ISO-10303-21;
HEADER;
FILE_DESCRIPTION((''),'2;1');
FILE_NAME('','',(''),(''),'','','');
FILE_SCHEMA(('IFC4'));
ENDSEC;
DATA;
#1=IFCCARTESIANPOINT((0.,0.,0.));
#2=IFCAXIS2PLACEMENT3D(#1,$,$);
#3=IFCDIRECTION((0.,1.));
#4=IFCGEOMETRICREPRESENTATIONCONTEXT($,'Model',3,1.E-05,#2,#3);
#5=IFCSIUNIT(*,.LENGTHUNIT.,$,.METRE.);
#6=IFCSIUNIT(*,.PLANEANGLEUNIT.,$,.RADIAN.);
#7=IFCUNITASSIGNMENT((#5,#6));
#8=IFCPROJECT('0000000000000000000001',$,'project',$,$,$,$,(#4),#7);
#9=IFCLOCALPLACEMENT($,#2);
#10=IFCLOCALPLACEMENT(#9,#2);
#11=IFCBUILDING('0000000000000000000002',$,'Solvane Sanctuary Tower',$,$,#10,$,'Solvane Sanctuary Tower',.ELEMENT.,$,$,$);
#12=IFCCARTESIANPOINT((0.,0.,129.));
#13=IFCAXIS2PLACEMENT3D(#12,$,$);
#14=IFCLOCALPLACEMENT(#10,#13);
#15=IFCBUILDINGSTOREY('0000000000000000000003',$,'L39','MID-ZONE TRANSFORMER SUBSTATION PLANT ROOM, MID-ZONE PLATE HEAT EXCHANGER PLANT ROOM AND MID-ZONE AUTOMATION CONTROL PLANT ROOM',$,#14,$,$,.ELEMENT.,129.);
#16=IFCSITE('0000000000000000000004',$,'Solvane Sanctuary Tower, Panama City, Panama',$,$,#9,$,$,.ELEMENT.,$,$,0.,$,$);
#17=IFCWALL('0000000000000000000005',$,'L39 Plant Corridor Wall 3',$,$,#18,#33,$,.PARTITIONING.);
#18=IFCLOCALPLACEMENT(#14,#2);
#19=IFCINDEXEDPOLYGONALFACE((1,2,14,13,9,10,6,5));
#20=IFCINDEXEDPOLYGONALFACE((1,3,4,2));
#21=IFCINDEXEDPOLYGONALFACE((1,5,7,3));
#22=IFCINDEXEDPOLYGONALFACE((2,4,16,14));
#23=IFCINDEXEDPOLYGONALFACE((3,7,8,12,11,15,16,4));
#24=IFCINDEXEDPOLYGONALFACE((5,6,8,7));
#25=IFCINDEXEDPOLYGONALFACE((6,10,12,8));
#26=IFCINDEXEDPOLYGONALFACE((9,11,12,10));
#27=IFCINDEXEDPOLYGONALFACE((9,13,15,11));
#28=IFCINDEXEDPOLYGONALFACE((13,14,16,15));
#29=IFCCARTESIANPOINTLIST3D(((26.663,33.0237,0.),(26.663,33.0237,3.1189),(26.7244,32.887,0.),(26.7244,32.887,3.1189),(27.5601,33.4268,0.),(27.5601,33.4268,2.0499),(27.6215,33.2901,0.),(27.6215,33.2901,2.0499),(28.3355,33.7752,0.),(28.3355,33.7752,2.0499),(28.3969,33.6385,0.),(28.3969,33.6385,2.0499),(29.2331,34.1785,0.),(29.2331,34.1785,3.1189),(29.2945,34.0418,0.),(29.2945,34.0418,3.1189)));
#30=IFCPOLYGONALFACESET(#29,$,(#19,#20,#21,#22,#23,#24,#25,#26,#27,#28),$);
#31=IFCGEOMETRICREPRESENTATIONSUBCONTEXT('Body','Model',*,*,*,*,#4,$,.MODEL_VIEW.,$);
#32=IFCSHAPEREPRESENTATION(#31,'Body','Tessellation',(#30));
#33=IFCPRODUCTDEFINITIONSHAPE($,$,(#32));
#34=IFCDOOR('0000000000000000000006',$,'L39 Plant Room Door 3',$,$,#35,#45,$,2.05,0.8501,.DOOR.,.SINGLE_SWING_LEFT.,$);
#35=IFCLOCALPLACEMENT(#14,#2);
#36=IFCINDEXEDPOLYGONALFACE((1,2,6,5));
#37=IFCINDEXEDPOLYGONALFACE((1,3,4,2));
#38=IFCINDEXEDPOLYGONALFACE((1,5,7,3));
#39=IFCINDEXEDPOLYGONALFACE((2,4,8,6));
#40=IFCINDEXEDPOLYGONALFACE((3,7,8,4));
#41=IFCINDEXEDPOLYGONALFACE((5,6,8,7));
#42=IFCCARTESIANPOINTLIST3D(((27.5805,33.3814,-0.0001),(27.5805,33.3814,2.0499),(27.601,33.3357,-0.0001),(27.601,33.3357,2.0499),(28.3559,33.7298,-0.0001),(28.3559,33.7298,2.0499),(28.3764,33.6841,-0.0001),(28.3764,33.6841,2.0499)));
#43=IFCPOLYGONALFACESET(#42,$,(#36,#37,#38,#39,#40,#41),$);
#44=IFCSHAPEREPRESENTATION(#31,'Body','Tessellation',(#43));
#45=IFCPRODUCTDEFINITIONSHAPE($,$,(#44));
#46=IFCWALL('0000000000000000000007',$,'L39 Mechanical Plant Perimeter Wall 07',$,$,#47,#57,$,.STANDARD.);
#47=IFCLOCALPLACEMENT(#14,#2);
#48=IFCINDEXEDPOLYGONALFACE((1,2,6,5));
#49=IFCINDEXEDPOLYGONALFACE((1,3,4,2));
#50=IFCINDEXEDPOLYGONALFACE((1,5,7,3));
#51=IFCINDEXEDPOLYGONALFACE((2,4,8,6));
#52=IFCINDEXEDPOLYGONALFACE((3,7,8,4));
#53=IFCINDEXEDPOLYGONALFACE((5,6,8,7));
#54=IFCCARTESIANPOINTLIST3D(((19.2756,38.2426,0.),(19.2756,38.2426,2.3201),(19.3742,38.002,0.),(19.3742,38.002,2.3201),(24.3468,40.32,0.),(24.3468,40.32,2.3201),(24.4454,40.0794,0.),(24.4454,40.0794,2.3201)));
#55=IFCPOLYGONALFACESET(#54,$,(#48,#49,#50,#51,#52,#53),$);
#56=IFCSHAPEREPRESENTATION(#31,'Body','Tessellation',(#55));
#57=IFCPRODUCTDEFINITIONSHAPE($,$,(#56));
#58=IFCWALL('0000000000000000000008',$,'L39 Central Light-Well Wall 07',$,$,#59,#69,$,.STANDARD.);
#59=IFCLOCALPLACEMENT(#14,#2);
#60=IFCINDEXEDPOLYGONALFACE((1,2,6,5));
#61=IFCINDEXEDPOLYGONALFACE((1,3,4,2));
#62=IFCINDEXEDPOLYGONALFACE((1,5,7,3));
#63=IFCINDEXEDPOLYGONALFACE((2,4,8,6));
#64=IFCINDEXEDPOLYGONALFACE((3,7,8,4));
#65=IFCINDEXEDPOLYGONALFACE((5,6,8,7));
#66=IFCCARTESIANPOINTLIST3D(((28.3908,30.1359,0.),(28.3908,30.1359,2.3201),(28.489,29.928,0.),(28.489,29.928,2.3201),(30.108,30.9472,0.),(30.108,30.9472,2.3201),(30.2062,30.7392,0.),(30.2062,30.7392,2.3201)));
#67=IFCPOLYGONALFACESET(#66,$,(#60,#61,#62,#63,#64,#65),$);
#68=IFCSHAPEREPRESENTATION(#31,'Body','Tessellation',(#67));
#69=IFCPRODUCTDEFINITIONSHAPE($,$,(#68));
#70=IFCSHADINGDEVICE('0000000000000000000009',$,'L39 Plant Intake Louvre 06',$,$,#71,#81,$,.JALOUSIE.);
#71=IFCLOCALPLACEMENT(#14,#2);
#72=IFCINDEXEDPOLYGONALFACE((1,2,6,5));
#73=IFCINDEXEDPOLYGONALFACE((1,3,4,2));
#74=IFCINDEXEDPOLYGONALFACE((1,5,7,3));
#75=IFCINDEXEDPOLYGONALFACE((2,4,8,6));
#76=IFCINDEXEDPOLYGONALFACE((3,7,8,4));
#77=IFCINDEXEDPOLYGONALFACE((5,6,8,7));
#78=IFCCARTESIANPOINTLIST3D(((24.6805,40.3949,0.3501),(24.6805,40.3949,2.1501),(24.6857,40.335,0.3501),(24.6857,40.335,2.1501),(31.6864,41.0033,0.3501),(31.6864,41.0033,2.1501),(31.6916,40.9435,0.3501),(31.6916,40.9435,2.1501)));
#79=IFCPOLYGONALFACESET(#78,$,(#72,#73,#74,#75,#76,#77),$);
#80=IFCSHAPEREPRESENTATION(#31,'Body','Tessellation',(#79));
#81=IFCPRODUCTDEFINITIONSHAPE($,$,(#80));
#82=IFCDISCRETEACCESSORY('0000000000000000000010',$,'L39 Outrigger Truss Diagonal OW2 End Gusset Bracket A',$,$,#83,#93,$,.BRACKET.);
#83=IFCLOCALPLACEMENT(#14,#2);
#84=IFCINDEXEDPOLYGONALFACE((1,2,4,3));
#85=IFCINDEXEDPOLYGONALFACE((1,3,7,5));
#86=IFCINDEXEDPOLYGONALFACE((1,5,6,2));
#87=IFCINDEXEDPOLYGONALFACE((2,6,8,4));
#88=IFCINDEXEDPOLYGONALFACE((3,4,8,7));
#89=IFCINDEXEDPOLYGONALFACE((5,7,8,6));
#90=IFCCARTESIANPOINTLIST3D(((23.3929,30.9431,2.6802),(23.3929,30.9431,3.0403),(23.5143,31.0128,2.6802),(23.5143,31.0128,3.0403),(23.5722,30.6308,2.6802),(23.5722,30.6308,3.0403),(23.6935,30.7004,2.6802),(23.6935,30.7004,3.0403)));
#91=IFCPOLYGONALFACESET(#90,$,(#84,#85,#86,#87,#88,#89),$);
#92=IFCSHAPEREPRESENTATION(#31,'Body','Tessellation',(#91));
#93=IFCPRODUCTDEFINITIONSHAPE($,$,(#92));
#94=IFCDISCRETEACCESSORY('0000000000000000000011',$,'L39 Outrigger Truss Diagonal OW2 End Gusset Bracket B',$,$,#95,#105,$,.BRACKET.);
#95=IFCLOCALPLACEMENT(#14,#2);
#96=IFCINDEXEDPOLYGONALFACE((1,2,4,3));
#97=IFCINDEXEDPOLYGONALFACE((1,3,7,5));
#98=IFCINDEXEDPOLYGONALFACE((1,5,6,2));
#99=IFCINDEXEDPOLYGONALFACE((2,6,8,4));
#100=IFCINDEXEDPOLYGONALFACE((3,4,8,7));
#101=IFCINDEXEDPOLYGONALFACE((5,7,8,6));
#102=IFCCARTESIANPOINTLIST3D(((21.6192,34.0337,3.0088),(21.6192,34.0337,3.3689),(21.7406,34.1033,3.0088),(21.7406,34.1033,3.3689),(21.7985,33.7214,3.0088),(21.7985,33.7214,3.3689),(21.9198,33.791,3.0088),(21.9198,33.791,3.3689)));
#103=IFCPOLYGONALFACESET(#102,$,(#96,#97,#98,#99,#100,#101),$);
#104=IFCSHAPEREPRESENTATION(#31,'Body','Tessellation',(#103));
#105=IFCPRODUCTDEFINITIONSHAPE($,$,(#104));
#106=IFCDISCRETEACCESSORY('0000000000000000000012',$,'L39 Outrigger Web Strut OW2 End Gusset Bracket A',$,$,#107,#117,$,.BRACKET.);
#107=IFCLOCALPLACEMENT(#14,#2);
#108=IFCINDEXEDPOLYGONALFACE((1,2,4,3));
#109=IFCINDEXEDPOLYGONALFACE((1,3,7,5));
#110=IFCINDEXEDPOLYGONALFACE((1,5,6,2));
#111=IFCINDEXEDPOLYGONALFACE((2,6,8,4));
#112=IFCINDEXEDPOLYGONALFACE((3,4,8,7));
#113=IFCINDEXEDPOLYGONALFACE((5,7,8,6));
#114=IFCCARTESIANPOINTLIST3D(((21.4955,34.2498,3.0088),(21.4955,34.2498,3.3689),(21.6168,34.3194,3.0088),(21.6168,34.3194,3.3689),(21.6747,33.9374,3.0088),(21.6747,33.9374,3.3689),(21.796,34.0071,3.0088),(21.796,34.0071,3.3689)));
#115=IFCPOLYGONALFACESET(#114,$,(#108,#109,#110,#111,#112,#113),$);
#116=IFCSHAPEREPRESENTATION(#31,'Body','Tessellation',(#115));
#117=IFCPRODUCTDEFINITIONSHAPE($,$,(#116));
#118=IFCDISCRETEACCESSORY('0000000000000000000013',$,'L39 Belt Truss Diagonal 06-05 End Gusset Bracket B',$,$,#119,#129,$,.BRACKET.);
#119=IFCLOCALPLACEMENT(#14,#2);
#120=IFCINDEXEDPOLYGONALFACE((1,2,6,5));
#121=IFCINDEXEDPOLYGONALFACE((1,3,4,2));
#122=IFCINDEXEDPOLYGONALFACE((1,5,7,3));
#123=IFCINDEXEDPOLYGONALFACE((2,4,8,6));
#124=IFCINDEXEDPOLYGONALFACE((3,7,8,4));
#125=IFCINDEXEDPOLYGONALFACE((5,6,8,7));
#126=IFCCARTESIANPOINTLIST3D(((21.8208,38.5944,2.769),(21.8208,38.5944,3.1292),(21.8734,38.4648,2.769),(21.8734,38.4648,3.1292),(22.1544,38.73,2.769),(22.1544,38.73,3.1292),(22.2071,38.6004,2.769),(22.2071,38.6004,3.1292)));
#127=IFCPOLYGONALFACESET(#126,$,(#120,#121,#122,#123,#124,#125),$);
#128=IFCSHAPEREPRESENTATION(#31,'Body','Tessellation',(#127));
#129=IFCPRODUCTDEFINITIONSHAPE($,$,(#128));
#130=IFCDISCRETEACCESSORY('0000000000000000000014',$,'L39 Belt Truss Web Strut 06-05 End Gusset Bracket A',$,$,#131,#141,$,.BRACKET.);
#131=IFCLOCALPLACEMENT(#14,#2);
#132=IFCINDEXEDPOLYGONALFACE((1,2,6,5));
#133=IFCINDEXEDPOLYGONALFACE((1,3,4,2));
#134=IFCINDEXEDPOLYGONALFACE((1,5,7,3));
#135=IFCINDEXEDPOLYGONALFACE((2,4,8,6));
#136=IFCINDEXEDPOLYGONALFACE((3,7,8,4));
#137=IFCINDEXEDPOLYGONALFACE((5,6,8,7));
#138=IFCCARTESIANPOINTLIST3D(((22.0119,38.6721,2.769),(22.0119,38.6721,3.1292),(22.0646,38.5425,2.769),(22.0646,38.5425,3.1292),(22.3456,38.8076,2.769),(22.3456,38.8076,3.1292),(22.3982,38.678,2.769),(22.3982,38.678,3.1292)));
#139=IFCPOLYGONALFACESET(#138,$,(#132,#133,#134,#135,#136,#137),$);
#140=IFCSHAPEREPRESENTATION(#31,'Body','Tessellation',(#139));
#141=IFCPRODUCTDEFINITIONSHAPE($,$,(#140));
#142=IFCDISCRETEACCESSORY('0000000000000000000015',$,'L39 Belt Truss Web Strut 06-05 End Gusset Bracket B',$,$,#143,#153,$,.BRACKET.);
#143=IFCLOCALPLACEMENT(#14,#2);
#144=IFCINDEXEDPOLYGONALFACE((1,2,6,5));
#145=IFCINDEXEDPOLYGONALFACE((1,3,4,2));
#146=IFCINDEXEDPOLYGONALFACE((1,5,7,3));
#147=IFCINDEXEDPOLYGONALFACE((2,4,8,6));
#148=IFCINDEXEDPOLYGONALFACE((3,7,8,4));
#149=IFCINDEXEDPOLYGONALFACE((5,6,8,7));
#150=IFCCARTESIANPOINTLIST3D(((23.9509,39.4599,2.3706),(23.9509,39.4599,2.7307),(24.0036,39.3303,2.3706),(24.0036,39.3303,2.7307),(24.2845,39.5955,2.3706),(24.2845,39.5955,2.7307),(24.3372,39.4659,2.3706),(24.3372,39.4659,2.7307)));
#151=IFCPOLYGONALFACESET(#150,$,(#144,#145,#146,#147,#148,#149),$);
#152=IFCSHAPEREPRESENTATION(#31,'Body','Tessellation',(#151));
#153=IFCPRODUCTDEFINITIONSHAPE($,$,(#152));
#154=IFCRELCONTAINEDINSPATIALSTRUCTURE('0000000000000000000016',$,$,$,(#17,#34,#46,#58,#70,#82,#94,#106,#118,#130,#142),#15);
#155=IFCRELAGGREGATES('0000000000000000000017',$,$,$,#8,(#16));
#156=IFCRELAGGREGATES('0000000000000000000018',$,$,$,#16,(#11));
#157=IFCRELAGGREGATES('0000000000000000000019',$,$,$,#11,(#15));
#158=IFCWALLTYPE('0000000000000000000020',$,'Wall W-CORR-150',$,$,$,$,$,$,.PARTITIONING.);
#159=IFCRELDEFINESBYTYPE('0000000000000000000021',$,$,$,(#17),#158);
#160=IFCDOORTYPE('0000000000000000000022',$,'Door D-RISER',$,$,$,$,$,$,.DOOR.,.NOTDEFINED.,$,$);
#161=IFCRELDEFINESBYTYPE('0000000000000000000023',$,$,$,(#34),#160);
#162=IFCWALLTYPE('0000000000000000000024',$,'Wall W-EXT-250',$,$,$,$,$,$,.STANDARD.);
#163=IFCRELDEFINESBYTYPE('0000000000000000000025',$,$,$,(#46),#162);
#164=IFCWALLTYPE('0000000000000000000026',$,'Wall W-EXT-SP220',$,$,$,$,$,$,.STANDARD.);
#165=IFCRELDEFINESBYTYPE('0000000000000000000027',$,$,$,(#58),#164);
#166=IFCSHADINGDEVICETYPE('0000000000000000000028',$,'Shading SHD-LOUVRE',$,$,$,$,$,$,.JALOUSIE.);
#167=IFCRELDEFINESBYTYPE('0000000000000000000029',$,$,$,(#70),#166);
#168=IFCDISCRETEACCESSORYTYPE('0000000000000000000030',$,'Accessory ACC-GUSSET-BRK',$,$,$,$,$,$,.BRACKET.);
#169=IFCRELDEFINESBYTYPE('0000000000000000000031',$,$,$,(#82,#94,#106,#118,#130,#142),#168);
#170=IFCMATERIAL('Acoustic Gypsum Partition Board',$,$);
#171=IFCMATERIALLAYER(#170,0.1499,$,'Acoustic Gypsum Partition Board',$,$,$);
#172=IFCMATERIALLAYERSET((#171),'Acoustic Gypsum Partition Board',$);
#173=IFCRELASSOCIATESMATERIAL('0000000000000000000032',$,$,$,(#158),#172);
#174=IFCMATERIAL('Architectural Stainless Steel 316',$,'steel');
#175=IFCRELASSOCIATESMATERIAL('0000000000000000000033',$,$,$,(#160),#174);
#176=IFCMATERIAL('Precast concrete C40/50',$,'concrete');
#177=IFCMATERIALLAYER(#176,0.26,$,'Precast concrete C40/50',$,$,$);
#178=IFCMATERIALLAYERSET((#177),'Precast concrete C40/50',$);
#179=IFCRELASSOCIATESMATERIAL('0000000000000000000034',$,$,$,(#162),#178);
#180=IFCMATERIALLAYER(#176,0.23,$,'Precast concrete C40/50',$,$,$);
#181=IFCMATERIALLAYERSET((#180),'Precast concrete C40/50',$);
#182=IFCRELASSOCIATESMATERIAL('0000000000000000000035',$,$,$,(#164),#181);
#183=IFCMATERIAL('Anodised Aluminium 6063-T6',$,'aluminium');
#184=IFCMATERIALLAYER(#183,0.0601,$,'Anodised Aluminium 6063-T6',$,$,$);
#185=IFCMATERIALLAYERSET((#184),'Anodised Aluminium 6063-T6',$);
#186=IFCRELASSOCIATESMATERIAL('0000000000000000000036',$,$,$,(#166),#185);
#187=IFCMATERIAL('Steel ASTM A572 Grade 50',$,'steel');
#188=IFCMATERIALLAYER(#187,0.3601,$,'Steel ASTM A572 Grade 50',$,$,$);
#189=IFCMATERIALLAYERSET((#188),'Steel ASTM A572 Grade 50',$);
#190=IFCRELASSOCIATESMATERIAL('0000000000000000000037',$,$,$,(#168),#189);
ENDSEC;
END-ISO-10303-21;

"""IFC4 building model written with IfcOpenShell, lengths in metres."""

from ifc_helpers import new_model, si_unit, direction, frame, frame_2d, origin, origin_2d, place, context, subcontext, project, spatial, rectangle, extrude, material, layer, layer_set, type_object, element, fill, save


model = new_model("IFC4")

# Units and contexts
model_context = context("Model", 3, precision=1e-05, world=origin(), true_north=direction((0.0, 1.0)))
body_context = subcontext(model_context, "Body", "Model", "MODEL_VIEW")
ifc_project = project(units=[si_unit("LENGTHUNIT", "METRE"), si_unit("PLANEANGLEUNIT", "RADIAN")], contexts=[model_context])

# Site, building, storey
site_placement = place(None, origin())
site = spatial("IfcSite", under=ifc_project, at=site_placement, Name="Solvane Sanctuary Tower, Panama City, Panama", CompositionType="ELEMENT", RefElevation=0.0)
building_placement = place(site_placement, origin())
building = spatial("IfcBuilding", under=site, at=building_placement, Name="Solvane Sanctuary Tower", LongName="Solvane Sanctuary Tower", CompositionType="ELEMENT")
storey_placement = place(building_placement, frame((0.0, 0.0, 129.0)))
storey = spatial("IfcBuildingStorey", under=building, at=storey_placement, Name="L39", Description="MID-ZONE TRANSFORMER SUBSTATION PLANT ROOM, MID-ZONE PLATE HEAT EXCHANGER PLANT ROOM AND MID-ZONE AUTOMATION CONTROL PLANT ROOM", CompositionType="ELEMENT", Elevation=129.0)

# Shared definitions
ifc_material_1 = material(Name="Steel ASTM A572 Grade 50", Category="steel")

# Shared definitions
ifc_material_2 = material(Name="Acoustic Gypsum Partition Board")
ifc_layer_1 = layer(ifc_material_2, 0.1499, Name="Acoustic Gypsum Partition Board")
ifc_layer_set_1 = layer_set([ifc_layer_1], Name="Acoustic Gypsum Partition Board")
wall_type_1 = type_object("IfcWallType", Name="Wall W-CORR-150", PredefinedType="PARTITIONING", material=ifc_layer_set_1)

# Wall, opening, door
wall_1_placement = place(storey_placement, frame((29.2637, 34.1101, 0.0), z_axis=(0.0, 0.0, 1.0), x_axis=(-0.912153, -0.409849, 0.0)))
wall_1 = element("IfcWall", 1, at=wall_1_placement, inside=storey, type_object=wall_type_1, Name="L39 Plant Corridor Wall 3", PredefinedType="PARTITIONING", context=body_context, shape_type="SweptSolid", body=[
    extrude(rectangle(XDim=2.8176, YDim=0.1499, at=frame_2d((1.4087, 0.0))), origin(), (0.0, 0.0, 1.0), 3.1189),
])
opening_placement = place(wall_1_placement, frame((0.9839, 0.0, 0.0)))
opening = element("IfcOpeningElement", 2, at=opening_placement, cuts=wall_1, PredefinedType="OPENING", context=body_context, shape_type="SweptSolid", body=[
    extrude(rectangle(XDim=0.8501, YDim=2.05, at=frame_2d((0.425, 1.0249))), frame((0.0, 0.085, 0.0), z_axis=(0.0, -1.0, 0.0), x_axis=(1.0, 0.0, 0.0)), (0.0, 0.0, 1.0), 0.1699),
])
ifc_material_3 = material(Name="Architectural Stainless Steel 316", Category="steel")
door_type = type_object("IfcDoorType", Name="Door D-RISER", OperationType="NOTDEFINED", PredefinedType="DOOR", material=ifc_material_3)
door_placement = place(opening_placement, origin())
door = element("IfcDoor", 3, at=door_placement, inside=storey, type_object=door_type, Name="L39 Plant Room Door 3", OperationType="SINGLE_SWING_LEFT", OverallHeight=2.05, OverallWidth=0.8501, PredefinedType="DOOR", context=body_context, shape_type="SweptSolid", body=[
    extrude(rectangle(XDim=0.8501, YDim=2.05, at=frame_2d((0.425, 1.0249))), frame((0.0, 0.0249, 0.0), z_axis=(0.0, -1.0, 0.0), x_axis=(1.0, 0.0, 0.0)), (0.0, 0.0, 1.0), 0.05),
])
fill(opening, door)

# Walls
ifc_material_4 = material(Name="Precast concrete C40/50", Category="concrete")
ifc_layer_2 = layer(ifc_material_4, 0.26, Name="Precast concrete C40/50")
ifc_layer_set_2 = layer_set([ifc_layer_2], Name="Precast concrete C40/50")
wall_type_2 = type_object("IfcWallType", Name="Wall W-EXT-250", PredefinedType="STANDARD", material=ifc_layer_set_2)
wall_2_placement = place(storey_placement, frame((24.3962, 40.1997, 0.0), z_axis=(0.0, 0.0, 1.0), x_axis=(-0.925369, -0.379066, 0.0)))
element("IfcWall", 4, at=wall_2_placement, inside=storey, type_object=wall_type_2, Name="L39 Mechanical Plant Perimeter Wall 07", PredefinedType="STANDARD", context=body_context, shape_type="SweptSolid", body=[
    extrude(rectangle(XDim=5.4802, YDim=0.26, at=frame_2d((2.7402, 0.0))), origin(), (0.0, 0.0, 1.0), 2.3201),
])
ifc_layer_3 = layer(ifc_material_4, 0.23, Name="Precast concrete C40/50")
ifc_layer_set_3 = layer_set([ifc_layer_3], Name="Precast concrete C40/50")
wall_type_3 = type_object("IfcWallType", Name="Wall W-EXT-SP220", PredefinedType="STANDARD", material=ifc_layer_set_3)
wall_3_placement = place(storey_placement, frame((30.1572, 30.8433, 0.0), z_axis=(0.0, 0.0, 1.0), x_axis=(-0.90418, -0.427152, 0.0)))
element("IfcWall", 5, at=wall_3_placement, inside=storey, type_object=wall_type_3, Name="L39 Central Light-Well Wall 07", PredefinedType="STANDARD", context=body_context, shape_type="SweptSolid", body=[
    extrude(rectangle(XDim=1.8992, YDim=0.23, at=frame_2d((0.9497, 0.0))), origin(), (0.0, 0.0, 1.0), 2.3201),
])

# Shading device
ifc_material_5 = material(Name="Anodised Aluminium 6063-T6", Category="aluminium")
ifc_layer_4 = layer(ifc_material_5, 0.0601, Name="Anodised Aluminium 6063-T6")
ifc_layer_set_4 = layer_set([ifc_layer_4], Name="Anodised Aluminium 6063-T6")
shading_device_type = type_object("IfcShadingDeviceType", Name="Shading SHD-LOUVRE", PredefinedType="JALOUSIE", material=ifc_layer_set_4)
shading_device_placement = place(storey_placement, frame((28.186, 40.6692, 0.3501), z_axis=(0.0, 0.0, 1.0), x_axis=(-0.99625, -0.086526, 0.0)))
element("IfcShadingDevice", 6, at=shading_device_placement, inside=storey, type_object=shading_device_type, Name="L39 Plant Intake Louvre 06", PredefinedType="JALOUSIE", context=body_context, shape_type="SweptSolid", body=[
    extrude(rectangle(XDim=7.0322, YDim=0.0601, at=origin_2d()), origin(), (0.0, 0.0, 1.0), 1.8),
])

# Discrete accessories
ifc_layer_5 = layer(ifc_material_1, 0.3601, Name="Steel ASTM A572 Grade 50")
ifc_layer_set_5 = layer_set([ifc_layer_5], Name="Steel ASTM A572 Grade 50")
discrete_accessory_type = type_object("IfcDiscreteAccessoryType", Name="Accessory ACC-GUSSET-BRK", PredefinedType="BRACKET", material=ifc_layer_set_5)
for number, where, z_axis, x_axis, name in (
    (7, (23.5432, 30.8218, 2.6802), (0.0, 0.0, 1.0), (-0.497731, 0.867331, 0.0), "L39 Outrigger Truss Diagonal OW2 End Gusset Bracket A"),
    (8, (21.7695, 33.9124, 3.0088), (0.0, 0.0, 1.0), (-0.497731, 0.867331, 0.0), "L39 Outrigger Truss Diagonal OW2 End Gusset Bracket B"),
    (9, (21.6458, 34.1284, 3.0088), (0.0, 0.0, 1.0), (-0.497731, 0.867331, 0.0), "L39 Outrigger Web Strut OW2 End Gusset Bracket A"),
    (10, (22.0139, 38.5974, 2.769), (0.0, 0.0, 1.0), (0.926463, 0.376386, 0.0), "L39 Belt Truss Diagonal 06-05 End Gusset Bracket B"),
    (11, (22.2051, 38.675, 2.769), (0.0, 0.0, 1.0), (0.926463, 0.376386, 0.0), "L39 Belt Truss Web Strut 06-05 End Gusset Bracket A"),
    (12, (24.144, 39.4629, 2.3706), (0.0, 0.0, 1.0), (0.926463, 0.376386, 0.0), "L39 Belt Truss Web Strut 06-05 End Gusset Bracket B"),
):
    element("IfcDiscreteAccessory", number, at=place(storey_placement, frame(where, z_axis=z_axis, x_axis=x_axis)), inside=storey, type_object=discrete_accessory_type, Name=name, PredefinedType="BRACKET", context=body_context, shape_type="SweptSolid", body=[
        extrude(rectangle(XDim=0.3601, YDim=0.1399, at=origin_2d()), origin(), (0.0, 0.0, 1.0), 0.3601),
    ])

save(model, "model.ifc")
